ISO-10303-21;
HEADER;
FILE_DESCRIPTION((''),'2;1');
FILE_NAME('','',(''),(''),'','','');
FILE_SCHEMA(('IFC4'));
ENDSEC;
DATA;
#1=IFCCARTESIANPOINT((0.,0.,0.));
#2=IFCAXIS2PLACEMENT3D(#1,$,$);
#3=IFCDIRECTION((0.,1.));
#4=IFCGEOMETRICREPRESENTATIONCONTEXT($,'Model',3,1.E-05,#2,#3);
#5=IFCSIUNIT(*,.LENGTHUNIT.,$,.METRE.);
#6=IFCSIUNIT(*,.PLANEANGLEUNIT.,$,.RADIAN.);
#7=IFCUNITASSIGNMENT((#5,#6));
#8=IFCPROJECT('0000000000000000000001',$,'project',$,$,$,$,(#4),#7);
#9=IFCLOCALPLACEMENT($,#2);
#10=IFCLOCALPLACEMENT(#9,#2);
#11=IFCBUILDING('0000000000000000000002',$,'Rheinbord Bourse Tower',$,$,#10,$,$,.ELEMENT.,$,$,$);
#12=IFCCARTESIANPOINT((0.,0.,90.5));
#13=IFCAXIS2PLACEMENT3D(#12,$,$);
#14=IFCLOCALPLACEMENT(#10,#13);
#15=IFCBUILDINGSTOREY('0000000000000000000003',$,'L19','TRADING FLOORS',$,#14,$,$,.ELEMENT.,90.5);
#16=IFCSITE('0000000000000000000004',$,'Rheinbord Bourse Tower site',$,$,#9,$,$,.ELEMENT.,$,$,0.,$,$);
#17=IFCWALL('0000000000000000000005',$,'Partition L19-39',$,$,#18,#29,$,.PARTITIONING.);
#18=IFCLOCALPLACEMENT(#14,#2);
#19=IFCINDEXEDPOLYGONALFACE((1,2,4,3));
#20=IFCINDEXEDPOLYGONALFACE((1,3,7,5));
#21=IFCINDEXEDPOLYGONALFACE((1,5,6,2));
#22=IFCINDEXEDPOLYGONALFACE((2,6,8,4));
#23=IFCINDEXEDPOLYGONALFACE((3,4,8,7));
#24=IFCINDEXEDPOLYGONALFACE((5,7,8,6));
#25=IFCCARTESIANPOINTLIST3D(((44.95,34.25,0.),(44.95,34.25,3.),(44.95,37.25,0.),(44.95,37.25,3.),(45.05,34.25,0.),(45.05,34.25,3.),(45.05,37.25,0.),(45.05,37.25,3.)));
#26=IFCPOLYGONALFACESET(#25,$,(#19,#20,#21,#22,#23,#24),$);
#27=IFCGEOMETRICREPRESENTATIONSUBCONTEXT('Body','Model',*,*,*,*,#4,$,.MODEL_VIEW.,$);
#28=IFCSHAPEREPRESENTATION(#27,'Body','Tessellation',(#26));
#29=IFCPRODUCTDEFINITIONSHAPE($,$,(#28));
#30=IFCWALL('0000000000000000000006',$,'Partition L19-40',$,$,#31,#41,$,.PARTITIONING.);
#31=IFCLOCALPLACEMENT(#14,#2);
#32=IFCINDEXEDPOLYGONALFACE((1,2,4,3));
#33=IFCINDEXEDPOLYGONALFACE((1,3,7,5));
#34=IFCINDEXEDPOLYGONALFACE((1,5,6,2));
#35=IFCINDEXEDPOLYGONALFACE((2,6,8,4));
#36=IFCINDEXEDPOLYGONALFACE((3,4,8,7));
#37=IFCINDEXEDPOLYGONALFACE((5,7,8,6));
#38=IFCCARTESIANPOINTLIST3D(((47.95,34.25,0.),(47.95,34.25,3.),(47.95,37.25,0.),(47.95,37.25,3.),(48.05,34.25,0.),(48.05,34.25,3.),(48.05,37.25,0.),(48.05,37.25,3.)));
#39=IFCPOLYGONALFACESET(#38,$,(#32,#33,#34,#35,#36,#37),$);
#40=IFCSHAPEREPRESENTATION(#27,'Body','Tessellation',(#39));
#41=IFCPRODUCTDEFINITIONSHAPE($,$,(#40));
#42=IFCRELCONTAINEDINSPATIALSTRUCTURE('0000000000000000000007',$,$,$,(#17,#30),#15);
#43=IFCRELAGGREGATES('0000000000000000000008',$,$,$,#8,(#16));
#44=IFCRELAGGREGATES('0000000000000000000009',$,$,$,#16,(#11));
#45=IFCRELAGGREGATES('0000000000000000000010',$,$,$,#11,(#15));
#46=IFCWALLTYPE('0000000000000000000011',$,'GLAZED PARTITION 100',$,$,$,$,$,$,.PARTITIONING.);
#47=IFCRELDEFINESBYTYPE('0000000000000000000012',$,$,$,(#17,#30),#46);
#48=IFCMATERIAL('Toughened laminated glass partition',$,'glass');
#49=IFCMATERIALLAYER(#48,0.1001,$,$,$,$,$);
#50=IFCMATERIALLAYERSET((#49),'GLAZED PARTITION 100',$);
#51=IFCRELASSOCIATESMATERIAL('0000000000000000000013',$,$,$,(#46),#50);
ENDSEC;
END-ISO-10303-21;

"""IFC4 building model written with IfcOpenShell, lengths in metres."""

from ifc_helpers import new_model, si_unit, direction, frame, frame_2d, origin, place, context, subcontext, project, spatial, rectangle, extrude, material, layer, layer_set, type_object, element, save


model = new_model("IFC4")

# Units and contexts
model_context = context("Model", 3, precision=1e-05, world=origin(), true_north=direction((0.0, 1.0)))
body_context = subcontext(model_context, "Body", "Model", "MODEL_VIEW")
ifc_project = project(units=[si_unit("LENGTHUNIT", "METRE"), si_unit("PLANEANGLEUNIT", "RADIAN")], contexts=[model_context])

# Site, building, storey
site_placement = place(None, origin())
site = spatial("IfcSite", under=ifc_project, at=site_placement, Name="Rheinbord Bourse Tower site", CompositionType="ELEMENT", RefElevation=0.0)
building_placement = place(site_placement, origin())
building = spatial("IfcBuilding", under=site, at=building_placement, Name="Rheinbord Bourse Tower", CompositionType="ELEMENT")
storey_placement = place(building_placement, frame((0.0, 0.0, 90.5)))
storey = spatial("IfcBuildingStorey", under=building, at=storey_placement, Name="L19", Description="TRADING FLOORS", CompositionType="ELEMENT", Elevation=90.5)

# Shared definitions
ifc_material_1 = material(Name="Toughened laminated glass partition", Category="glass")
ifc_layer_1 = layer(ifc_material_1, 0.1001)
ifc_layer_set_1 = layer_set([ifc_layer_1], Name="GLAZED PARTITION 100")
wall_type = type_object("IfcWallType", Name="GLAZED PARTITION 100", PredefinedType="PARTITIONING", material=ifc_layer_set_1)

# Walls
for number, where, z_axis, x_axis, name in (
    (1, (45.0, 34.25, 0.0), (0.0, 0.0, 1.0), (0.0, 1.0, 0.0), "Partition L19-39"),
    (2, (48.0, 34.25, 0.0), (0.0, 0.0, 1.0), (0.0, 1.0, 0.0), "Partition L19-40"),
):
    element("IfcWall", number, at=place(storey_placement, frame(where, z_axis=z_axis, x_axis=x_axis)), inside=storey, type_object=wall_type, Name=name, PredefinedType="PARTITIONING", context=body_context, shape_type="SweptSolid", body=[
        extrude(rectangle(XDim=3.0, YDim=0.1001, at=frame_2d((1.5, 0.0))), origin(), (0.0, 0.0, 1.0), 3.0),
    ])

save(model, "model.ifc")
